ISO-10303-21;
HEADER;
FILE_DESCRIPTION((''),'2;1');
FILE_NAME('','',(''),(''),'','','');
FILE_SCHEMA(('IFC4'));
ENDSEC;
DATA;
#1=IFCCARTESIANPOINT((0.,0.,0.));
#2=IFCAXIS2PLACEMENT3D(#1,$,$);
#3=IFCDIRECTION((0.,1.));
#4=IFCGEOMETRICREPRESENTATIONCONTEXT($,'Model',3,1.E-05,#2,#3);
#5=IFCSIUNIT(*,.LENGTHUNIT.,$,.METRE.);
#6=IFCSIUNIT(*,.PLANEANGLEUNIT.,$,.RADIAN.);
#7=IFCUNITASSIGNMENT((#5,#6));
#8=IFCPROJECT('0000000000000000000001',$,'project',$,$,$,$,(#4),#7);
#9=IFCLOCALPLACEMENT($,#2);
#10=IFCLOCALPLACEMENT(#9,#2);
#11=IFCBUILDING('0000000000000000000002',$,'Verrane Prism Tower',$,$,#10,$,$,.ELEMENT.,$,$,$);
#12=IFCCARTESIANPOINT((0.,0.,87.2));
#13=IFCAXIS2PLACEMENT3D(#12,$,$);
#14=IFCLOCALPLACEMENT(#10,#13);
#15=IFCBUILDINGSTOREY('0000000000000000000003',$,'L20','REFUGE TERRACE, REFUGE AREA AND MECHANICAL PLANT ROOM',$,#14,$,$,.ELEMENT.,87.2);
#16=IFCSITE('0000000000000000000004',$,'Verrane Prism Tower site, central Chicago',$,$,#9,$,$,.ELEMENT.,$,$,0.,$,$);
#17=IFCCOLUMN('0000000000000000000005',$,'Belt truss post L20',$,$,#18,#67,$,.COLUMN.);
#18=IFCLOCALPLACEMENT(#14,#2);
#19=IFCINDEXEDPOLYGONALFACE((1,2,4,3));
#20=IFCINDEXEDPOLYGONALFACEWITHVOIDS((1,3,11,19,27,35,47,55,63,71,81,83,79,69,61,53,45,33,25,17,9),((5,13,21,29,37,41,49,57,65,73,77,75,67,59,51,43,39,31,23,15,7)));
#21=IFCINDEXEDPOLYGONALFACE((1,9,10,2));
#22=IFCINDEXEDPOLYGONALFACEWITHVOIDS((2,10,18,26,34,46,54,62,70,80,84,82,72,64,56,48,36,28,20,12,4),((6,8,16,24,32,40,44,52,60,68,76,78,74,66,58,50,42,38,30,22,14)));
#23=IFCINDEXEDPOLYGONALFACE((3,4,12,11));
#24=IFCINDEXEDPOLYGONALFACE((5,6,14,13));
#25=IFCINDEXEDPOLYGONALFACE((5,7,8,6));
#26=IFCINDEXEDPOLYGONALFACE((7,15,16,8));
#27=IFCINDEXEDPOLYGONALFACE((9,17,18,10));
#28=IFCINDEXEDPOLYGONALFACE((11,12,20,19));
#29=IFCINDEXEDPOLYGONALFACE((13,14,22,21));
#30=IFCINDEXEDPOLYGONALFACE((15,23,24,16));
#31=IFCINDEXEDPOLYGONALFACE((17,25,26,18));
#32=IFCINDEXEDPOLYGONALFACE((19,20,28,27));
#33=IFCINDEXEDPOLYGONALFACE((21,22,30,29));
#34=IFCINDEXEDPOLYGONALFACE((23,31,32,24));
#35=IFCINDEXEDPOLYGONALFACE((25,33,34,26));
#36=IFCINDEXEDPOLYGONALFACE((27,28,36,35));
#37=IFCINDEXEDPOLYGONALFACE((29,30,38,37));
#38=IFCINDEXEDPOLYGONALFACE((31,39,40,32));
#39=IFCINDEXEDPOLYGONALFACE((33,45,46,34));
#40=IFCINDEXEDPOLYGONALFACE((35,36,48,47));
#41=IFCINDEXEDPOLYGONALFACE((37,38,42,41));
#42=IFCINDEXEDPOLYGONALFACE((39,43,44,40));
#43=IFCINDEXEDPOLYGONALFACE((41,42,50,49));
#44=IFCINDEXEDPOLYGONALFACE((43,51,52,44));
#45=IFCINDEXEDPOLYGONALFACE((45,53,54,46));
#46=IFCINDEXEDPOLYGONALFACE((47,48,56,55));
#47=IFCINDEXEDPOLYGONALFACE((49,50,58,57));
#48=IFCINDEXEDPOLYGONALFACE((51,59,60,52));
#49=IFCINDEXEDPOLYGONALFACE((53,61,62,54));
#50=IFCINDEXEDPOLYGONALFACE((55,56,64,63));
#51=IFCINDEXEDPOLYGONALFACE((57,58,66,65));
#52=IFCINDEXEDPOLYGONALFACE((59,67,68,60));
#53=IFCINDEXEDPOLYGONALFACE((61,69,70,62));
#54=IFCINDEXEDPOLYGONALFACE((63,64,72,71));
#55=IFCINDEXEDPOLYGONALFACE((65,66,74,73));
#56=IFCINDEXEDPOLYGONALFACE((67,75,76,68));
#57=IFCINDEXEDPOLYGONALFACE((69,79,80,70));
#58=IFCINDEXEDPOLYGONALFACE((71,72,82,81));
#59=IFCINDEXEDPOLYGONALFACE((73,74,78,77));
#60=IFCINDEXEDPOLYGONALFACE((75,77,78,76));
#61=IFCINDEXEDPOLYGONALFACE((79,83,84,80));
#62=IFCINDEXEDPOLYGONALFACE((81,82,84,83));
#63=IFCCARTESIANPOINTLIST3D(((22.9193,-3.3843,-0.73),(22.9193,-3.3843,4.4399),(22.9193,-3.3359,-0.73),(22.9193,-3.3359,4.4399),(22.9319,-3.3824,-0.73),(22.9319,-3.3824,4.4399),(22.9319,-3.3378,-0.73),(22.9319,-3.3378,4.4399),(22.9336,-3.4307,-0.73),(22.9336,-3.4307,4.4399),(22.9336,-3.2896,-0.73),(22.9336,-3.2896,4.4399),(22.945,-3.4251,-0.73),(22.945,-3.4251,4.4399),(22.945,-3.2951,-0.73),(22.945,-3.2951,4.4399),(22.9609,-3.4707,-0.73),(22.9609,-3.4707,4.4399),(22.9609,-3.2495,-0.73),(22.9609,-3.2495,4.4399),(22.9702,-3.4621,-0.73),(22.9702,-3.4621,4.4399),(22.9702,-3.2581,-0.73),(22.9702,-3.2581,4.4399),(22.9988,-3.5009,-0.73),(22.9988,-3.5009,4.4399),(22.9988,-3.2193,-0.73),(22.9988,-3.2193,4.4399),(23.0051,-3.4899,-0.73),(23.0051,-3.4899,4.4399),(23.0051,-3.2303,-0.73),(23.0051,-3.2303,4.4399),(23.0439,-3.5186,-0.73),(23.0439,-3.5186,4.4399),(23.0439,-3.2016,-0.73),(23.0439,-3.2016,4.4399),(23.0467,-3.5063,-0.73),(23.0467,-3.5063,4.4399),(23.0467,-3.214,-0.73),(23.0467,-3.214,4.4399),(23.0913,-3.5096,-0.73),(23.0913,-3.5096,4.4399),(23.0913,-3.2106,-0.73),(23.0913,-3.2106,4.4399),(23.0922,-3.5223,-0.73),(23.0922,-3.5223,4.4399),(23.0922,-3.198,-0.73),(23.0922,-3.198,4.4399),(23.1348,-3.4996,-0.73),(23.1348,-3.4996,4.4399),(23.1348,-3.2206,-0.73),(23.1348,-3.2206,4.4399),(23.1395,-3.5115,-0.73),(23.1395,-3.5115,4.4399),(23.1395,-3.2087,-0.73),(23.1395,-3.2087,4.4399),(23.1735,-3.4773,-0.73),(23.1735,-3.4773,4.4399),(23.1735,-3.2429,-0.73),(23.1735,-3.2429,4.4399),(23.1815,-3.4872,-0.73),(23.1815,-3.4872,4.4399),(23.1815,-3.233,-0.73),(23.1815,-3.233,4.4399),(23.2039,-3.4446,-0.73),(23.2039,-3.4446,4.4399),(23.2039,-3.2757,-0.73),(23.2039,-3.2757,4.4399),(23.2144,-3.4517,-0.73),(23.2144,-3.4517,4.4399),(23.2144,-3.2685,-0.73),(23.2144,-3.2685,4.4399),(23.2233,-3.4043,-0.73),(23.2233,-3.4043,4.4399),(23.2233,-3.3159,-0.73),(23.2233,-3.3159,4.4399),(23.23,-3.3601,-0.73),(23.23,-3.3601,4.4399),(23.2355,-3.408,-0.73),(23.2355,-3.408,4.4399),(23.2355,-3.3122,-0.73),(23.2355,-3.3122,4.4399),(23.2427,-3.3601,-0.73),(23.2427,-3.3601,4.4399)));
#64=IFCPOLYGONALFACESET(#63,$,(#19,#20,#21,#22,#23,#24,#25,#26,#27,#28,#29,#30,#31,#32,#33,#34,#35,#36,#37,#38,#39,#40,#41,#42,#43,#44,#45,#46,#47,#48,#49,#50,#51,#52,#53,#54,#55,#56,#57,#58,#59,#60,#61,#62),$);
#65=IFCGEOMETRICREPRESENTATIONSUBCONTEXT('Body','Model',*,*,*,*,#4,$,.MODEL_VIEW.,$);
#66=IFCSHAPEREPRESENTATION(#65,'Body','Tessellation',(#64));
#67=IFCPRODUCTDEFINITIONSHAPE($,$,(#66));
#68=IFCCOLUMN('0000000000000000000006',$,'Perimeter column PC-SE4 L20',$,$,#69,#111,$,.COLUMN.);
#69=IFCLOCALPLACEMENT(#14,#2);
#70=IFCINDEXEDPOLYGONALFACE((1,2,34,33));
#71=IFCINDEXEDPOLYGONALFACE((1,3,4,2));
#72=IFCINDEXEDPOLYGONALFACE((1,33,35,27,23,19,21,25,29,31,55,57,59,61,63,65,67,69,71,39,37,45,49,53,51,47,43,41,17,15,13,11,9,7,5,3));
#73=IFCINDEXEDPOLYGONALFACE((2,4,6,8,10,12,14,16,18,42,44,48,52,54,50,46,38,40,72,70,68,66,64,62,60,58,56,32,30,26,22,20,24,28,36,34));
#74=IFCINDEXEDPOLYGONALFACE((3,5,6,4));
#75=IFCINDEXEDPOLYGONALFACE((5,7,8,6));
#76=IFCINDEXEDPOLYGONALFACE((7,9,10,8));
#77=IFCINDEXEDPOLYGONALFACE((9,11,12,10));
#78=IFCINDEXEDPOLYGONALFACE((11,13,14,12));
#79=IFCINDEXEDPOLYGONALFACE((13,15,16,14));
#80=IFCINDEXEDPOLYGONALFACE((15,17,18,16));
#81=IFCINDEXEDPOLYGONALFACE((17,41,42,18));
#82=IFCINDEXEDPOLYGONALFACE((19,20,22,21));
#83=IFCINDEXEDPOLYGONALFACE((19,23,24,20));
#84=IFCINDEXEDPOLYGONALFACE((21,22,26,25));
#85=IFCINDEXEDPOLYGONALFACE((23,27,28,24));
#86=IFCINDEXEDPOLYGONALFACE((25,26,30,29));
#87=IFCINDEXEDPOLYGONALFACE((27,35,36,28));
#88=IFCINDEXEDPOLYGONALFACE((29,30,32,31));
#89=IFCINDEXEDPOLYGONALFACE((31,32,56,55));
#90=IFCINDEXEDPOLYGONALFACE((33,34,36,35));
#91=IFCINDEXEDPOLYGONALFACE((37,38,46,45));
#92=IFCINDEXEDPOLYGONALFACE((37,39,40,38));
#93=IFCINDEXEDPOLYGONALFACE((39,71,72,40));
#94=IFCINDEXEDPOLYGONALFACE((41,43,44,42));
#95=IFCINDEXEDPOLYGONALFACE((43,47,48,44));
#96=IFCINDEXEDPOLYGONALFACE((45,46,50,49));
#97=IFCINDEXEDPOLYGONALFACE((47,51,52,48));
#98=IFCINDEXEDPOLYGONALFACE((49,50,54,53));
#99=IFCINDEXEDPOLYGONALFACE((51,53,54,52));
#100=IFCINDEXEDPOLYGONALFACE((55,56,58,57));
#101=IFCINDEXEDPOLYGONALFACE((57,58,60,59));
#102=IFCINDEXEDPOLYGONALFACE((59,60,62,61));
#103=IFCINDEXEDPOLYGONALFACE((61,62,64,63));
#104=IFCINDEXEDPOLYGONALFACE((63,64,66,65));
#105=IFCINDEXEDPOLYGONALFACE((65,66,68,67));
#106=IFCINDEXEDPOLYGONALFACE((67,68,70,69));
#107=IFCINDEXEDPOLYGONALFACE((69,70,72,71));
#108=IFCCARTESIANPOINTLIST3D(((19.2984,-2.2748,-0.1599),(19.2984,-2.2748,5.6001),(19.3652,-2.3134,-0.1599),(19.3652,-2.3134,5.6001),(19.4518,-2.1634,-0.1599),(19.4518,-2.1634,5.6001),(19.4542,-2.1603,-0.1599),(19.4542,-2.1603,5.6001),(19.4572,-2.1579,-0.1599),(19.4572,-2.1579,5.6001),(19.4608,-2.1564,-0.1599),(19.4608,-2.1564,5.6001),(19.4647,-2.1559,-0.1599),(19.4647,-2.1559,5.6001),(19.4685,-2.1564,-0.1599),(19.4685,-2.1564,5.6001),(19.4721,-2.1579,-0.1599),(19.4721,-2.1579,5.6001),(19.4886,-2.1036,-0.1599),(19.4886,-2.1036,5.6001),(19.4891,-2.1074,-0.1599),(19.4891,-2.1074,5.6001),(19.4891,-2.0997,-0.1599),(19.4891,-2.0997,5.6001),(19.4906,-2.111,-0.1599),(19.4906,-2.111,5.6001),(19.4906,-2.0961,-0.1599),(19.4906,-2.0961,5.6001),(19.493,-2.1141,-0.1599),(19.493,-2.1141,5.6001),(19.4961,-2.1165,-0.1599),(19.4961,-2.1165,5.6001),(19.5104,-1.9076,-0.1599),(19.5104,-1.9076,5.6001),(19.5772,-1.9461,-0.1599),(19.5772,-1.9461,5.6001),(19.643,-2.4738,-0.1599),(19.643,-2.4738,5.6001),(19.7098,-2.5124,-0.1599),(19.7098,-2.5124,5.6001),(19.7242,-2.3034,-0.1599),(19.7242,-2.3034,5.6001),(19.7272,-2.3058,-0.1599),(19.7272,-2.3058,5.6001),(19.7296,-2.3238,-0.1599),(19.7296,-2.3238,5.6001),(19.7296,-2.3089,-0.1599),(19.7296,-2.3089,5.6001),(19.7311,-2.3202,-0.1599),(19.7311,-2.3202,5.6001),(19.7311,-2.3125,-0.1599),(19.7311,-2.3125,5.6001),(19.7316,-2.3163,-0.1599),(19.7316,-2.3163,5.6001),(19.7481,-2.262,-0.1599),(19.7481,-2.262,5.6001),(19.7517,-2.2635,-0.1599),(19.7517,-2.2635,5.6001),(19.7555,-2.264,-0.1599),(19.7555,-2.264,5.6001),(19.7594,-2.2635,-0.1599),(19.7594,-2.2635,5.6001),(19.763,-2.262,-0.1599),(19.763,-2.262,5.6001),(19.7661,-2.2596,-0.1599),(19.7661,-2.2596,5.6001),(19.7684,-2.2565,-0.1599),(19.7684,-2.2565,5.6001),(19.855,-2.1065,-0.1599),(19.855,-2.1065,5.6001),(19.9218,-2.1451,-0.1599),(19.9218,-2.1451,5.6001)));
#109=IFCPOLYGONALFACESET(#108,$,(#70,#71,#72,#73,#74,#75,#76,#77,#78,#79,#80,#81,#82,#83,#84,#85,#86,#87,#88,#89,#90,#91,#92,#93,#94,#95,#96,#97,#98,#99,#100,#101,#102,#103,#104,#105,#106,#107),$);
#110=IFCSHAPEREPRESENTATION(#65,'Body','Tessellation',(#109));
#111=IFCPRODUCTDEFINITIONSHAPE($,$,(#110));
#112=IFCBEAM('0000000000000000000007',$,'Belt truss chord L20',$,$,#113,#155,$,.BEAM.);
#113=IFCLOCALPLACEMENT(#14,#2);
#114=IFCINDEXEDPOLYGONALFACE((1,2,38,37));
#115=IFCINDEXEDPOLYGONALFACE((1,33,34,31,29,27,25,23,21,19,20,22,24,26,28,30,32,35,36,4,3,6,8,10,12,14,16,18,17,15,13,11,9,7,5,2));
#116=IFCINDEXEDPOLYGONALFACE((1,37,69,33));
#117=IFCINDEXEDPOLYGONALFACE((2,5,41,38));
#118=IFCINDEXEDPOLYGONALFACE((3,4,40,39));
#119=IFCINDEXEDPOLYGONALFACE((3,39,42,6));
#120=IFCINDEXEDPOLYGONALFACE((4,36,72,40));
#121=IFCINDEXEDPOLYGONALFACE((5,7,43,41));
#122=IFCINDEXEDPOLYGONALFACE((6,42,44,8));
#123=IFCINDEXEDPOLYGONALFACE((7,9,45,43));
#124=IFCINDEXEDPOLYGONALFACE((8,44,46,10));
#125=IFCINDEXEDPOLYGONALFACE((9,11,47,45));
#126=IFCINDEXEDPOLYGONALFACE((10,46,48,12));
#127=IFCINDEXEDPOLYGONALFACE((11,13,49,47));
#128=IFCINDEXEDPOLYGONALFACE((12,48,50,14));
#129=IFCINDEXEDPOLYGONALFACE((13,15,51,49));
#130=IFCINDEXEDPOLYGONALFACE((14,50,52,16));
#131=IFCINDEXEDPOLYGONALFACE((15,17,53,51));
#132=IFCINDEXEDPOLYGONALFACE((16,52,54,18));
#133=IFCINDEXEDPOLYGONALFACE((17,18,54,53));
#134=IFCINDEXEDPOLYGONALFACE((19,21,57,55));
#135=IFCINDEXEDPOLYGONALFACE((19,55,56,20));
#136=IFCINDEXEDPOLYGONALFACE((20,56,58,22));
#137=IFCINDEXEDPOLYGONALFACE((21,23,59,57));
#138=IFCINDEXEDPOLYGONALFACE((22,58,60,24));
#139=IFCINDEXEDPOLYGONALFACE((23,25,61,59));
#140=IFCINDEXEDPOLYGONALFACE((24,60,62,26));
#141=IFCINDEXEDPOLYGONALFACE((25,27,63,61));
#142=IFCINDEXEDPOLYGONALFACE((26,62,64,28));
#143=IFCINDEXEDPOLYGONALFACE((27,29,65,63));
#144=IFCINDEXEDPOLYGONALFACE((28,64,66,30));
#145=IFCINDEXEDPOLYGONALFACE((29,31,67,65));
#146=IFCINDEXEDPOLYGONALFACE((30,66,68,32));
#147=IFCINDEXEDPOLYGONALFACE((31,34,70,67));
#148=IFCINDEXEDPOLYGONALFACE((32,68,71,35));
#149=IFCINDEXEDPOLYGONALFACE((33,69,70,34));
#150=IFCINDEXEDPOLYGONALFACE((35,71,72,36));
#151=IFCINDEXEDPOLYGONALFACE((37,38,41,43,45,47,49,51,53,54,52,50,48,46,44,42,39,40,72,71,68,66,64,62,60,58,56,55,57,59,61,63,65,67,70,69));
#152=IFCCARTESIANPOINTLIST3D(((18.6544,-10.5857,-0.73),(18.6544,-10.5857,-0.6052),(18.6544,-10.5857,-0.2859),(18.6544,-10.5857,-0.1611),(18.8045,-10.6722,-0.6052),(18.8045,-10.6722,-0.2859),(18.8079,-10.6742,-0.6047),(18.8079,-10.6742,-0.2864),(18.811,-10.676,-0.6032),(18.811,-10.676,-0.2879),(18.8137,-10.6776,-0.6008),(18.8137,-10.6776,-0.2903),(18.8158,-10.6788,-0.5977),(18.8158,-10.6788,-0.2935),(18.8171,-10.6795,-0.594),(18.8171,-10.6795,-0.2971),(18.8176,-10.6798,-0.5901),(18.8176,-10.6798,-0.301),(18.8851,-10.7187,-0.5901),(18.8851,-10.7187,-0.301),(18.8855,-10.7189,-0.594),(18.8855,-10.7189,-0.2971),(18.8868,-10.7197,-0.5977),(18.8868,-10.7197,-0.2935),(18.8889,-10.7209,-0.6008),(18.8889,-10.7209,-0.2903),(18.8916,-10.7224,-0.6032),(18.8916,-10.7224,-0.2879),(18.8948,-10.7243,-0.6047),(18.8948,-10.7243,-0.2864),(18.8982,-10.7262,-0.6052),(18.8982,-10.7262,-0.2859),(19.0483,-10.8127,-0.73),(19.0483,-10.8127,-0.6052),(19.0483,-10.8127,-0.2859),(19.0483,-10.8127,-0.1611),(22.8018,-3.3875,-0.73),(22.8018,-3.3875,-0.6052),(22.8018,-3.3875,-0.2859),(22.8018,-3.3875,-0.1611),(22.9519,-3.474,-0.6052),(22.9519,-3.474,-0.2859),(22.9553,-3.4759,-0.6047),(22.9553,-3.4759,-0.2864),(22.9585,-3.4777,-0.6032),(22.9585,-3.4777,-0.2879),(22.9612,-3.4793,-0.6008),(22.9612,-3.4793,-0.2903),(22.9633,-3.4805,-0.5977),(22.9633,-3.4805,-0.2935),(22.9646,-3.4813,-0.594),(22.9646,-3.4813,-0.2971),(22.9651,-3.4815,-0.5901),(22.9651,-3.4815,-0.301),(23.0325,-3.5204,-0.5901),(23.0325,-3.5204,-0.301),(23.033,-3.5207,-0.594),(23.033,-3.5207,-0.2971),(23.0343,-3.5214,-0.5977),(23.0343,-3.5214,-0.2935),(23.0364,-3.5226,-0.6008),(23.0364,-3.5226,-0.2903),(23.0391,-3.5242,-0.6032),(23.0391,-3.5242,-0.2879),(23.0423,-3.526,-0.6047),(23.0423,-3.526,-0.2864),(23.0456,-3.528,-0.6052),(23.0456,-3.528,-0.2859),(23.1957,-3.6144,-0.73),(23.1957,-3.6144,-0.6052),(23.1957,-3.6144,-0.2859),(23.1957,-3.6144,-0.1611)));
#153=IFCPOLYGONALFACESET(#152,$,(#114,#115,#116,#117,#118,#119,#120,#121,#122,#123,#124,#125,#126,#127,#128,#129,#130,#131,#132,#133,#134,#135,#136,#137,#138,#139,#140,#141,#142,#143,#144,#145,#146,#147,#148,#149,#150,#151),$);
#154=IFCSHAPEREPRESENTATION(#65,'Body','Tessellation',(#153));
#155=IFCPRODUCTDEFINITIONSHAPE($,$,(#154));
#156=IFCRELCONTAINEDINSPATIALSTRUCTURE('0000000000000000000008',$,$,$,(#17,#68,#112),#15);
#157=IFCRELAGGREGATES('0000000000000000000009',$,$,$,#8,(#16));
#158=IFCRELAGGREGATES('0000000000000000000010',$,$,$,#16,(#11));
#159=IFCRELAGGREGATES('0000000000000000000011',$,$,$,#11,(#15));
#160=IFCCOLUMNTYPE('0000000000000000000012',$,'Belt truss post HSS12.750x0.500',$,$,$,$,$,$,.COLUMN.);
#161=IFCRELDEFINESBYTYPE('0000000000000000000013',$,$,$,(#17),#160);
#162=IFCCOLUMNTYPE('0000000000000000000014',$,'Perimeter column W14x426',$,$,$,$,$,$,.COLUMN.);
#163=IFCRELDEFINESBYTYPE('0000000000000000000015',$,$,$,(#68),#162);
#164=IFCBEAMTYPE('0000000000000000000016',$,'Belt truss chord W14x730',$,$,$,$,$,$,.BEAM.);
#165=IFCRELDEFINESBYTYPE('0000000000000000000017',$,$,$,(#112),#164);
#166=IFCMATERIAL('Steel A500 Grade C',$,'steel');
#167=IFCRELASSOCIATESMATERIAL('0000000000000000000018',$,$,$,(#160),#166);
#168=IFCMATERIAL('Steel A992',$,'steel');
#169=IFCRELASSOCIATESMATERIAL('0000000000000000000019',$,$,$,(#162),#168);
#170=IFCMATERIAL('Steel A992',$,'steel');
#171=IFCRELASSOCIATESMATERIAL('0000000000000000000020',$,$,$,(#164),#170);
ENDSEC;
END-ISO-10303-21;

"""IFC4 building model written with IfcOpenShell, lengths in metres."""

from ifc_helpers import new_model, si_unit, direction, frame, origin, origin_2d, place, context, subcontext, project, spatial, hollow_circle, i_section, extrude, material, material_profile, profile_set, type_object, element, save


model = new_model("IFC4")

# Units and contexts
model_context = context("Model", 3, precision=1e-05, world=origin(), true_north=direction((0.0, 1.0)))
body_context = subcontext(model_context, "Body", "Model", "MODEL_VIEW")
ifc_project = project(units=[si_unit("LENGTHUNIT", "METRE"), si_unit("PLANEANGLEUNIT", "RADIAN")], contexts=[model_context])

# Site, building, storey
site_placement = place(None, origin())
site = spatial("IfcSite", under=ifc_project, at=site_placement, Name="Verrane Prism Tower site, central Chicago", CompositionType="ELEMENT", RefElevation=0.0)
building_placement = place(site_placement, origin())
building = spatial("IfcBuilding", under=site, at=building_placement, Name="Verrane Prism Tower", CompositionType="ELEMENT")
storey_placement = place(building_placement, frame((0.0, 0.0, 87.2)))
storey = spatial("IfcBuildingStorey", under=building, at=storey_placement, Name="L20", Description="REFUGE TERRACE, REFUGE AREA AND MECHANICAL PLANT ROOM", CompositionType="ELEMENT", Elevation=87.2)

# Columns
ifc_material_1 = material(Name="Steel A500 Grade C", Category="steel")
ifc_material_profile_1 = material_profile(ifc_material_1, hollow_circle(Radius=0.1626, WallThickness=0.0127, at=origin_2d()), Name="HSS12.750x0.500")
ifc_profile_set_1 = profile_set([ifc_material_profile_1], Name="Steel A500 Grade C")
column_type_1 = type_object("IfcColumnType", Name="Belt truss post HSS12.750x0.500", PredefinedType="COLUMN", material=ifc_profile_set_1)
column_1_placement = place(storey_placement, frame((23.0801, -3.3601, -0.73), z_axis=(0.0, 0.0, 1.0), x_axis=(-0.5, -0.866025, 0.0)))
element("IfcColumn", 1, at=column_1_placement, inside=storey, type_object=column_type_1, Name="Belt truss post L20", PredefinedType="COLUMN", context=body_context, shape_type="SweptSolid", body=[
    extrude(hollow_circle(Radius=0.1626, WallThickness=0.0127, at=origin_2d()), origin(), (0.0, 0.0, 1.0), 5.1699),
])
ifc_material_2 = material(Name="Steel A992", Category="steel")
ifc_material_profile_2 = material_profile(ifc_material_2, i_section(OverallWidth=0.4241, OverallDepth=0.4751, WebThickness=0.0479, FlangeThickness=0.0771, FilletRadius=0.0149, at=origin_2d()), Name="W14x426")
ifc_profile_set_2 = profile_set([ifc_material_profile_2], Name="Steel A992")
column_type_2 = type_object("IfcColumnType", Name="Perimeter column W14x426", PredefinedType="COLUMN", material=ifc_profile_set_2)
column_2_placement = place(storey_placement, frame((19.6101, -2.21, -0.1599), z_axis=(0.0, 0.0, 1.0), x_axis=(-0.5, -0.866025, 0.0)))
element("IfcColumn", 2, at=column_2_placement, inside=storey, type_object=column_type_2, Name="Perimeter column PC-SE4 L20", PredefinedType="COLUMN", context=body_context, shape_type="SweptSolid", body=[
    extrude(i_section(OverallWidth=0.4241, OverallDepth=0.4751, WebThickness=0.0479, FlangeThickness=0.0771, FilletRadius=0.0149, at=origin_2d()), origin(), (0.0, 0.0, 1.0), 5.76),
])

# Beam
ifc_material_3 = material(Name="Steel A992", Category="steel")
ifc_material_profile_3 = material_profile(ifc_material_3, i_section(OverallWidth=0.4546, OverallDepth=0.5688, WebThickness=0.0779, FlangeThickness=0.1248, FilletRadius=0.0151, at=origin_2d()), Name="W14x730")
ifc_profile_set_3 = profile_set([ifc_material_profile_3], Name="Steel A992")
beam_type_1 = type_object("IfcBeamType", Name="Belt truss chord W14x730", PredefinedType="BEAM", material=ifc_profile_set_3)
beam_1_placement = place(storey_placement, frame((18.8513, -10.6992, -0.4456), z_axis=(0.499237, 0.866465, 0.0), x_axis=(-0.866465, 0.499237, 0.0)))
element("IfcBeam", 3, at=beam_1_placement, inside=storey, type_object=beam_type_1, Name="Belt truss chord L20", PredefinedType="BEAM", context=body_context, shape_type="SweptSolid", body=[
    extrude(i_section(OverallWidth=0.4546, OverallDepth=0.5688, WebThickness=0.0779, FlangeThickness=0.1248, FilletRadius=0.0151, at=origin_2d()), origin(), (0.0, 0.0, 1.0), 8.3076),
])

save(model, "model.ifc")
